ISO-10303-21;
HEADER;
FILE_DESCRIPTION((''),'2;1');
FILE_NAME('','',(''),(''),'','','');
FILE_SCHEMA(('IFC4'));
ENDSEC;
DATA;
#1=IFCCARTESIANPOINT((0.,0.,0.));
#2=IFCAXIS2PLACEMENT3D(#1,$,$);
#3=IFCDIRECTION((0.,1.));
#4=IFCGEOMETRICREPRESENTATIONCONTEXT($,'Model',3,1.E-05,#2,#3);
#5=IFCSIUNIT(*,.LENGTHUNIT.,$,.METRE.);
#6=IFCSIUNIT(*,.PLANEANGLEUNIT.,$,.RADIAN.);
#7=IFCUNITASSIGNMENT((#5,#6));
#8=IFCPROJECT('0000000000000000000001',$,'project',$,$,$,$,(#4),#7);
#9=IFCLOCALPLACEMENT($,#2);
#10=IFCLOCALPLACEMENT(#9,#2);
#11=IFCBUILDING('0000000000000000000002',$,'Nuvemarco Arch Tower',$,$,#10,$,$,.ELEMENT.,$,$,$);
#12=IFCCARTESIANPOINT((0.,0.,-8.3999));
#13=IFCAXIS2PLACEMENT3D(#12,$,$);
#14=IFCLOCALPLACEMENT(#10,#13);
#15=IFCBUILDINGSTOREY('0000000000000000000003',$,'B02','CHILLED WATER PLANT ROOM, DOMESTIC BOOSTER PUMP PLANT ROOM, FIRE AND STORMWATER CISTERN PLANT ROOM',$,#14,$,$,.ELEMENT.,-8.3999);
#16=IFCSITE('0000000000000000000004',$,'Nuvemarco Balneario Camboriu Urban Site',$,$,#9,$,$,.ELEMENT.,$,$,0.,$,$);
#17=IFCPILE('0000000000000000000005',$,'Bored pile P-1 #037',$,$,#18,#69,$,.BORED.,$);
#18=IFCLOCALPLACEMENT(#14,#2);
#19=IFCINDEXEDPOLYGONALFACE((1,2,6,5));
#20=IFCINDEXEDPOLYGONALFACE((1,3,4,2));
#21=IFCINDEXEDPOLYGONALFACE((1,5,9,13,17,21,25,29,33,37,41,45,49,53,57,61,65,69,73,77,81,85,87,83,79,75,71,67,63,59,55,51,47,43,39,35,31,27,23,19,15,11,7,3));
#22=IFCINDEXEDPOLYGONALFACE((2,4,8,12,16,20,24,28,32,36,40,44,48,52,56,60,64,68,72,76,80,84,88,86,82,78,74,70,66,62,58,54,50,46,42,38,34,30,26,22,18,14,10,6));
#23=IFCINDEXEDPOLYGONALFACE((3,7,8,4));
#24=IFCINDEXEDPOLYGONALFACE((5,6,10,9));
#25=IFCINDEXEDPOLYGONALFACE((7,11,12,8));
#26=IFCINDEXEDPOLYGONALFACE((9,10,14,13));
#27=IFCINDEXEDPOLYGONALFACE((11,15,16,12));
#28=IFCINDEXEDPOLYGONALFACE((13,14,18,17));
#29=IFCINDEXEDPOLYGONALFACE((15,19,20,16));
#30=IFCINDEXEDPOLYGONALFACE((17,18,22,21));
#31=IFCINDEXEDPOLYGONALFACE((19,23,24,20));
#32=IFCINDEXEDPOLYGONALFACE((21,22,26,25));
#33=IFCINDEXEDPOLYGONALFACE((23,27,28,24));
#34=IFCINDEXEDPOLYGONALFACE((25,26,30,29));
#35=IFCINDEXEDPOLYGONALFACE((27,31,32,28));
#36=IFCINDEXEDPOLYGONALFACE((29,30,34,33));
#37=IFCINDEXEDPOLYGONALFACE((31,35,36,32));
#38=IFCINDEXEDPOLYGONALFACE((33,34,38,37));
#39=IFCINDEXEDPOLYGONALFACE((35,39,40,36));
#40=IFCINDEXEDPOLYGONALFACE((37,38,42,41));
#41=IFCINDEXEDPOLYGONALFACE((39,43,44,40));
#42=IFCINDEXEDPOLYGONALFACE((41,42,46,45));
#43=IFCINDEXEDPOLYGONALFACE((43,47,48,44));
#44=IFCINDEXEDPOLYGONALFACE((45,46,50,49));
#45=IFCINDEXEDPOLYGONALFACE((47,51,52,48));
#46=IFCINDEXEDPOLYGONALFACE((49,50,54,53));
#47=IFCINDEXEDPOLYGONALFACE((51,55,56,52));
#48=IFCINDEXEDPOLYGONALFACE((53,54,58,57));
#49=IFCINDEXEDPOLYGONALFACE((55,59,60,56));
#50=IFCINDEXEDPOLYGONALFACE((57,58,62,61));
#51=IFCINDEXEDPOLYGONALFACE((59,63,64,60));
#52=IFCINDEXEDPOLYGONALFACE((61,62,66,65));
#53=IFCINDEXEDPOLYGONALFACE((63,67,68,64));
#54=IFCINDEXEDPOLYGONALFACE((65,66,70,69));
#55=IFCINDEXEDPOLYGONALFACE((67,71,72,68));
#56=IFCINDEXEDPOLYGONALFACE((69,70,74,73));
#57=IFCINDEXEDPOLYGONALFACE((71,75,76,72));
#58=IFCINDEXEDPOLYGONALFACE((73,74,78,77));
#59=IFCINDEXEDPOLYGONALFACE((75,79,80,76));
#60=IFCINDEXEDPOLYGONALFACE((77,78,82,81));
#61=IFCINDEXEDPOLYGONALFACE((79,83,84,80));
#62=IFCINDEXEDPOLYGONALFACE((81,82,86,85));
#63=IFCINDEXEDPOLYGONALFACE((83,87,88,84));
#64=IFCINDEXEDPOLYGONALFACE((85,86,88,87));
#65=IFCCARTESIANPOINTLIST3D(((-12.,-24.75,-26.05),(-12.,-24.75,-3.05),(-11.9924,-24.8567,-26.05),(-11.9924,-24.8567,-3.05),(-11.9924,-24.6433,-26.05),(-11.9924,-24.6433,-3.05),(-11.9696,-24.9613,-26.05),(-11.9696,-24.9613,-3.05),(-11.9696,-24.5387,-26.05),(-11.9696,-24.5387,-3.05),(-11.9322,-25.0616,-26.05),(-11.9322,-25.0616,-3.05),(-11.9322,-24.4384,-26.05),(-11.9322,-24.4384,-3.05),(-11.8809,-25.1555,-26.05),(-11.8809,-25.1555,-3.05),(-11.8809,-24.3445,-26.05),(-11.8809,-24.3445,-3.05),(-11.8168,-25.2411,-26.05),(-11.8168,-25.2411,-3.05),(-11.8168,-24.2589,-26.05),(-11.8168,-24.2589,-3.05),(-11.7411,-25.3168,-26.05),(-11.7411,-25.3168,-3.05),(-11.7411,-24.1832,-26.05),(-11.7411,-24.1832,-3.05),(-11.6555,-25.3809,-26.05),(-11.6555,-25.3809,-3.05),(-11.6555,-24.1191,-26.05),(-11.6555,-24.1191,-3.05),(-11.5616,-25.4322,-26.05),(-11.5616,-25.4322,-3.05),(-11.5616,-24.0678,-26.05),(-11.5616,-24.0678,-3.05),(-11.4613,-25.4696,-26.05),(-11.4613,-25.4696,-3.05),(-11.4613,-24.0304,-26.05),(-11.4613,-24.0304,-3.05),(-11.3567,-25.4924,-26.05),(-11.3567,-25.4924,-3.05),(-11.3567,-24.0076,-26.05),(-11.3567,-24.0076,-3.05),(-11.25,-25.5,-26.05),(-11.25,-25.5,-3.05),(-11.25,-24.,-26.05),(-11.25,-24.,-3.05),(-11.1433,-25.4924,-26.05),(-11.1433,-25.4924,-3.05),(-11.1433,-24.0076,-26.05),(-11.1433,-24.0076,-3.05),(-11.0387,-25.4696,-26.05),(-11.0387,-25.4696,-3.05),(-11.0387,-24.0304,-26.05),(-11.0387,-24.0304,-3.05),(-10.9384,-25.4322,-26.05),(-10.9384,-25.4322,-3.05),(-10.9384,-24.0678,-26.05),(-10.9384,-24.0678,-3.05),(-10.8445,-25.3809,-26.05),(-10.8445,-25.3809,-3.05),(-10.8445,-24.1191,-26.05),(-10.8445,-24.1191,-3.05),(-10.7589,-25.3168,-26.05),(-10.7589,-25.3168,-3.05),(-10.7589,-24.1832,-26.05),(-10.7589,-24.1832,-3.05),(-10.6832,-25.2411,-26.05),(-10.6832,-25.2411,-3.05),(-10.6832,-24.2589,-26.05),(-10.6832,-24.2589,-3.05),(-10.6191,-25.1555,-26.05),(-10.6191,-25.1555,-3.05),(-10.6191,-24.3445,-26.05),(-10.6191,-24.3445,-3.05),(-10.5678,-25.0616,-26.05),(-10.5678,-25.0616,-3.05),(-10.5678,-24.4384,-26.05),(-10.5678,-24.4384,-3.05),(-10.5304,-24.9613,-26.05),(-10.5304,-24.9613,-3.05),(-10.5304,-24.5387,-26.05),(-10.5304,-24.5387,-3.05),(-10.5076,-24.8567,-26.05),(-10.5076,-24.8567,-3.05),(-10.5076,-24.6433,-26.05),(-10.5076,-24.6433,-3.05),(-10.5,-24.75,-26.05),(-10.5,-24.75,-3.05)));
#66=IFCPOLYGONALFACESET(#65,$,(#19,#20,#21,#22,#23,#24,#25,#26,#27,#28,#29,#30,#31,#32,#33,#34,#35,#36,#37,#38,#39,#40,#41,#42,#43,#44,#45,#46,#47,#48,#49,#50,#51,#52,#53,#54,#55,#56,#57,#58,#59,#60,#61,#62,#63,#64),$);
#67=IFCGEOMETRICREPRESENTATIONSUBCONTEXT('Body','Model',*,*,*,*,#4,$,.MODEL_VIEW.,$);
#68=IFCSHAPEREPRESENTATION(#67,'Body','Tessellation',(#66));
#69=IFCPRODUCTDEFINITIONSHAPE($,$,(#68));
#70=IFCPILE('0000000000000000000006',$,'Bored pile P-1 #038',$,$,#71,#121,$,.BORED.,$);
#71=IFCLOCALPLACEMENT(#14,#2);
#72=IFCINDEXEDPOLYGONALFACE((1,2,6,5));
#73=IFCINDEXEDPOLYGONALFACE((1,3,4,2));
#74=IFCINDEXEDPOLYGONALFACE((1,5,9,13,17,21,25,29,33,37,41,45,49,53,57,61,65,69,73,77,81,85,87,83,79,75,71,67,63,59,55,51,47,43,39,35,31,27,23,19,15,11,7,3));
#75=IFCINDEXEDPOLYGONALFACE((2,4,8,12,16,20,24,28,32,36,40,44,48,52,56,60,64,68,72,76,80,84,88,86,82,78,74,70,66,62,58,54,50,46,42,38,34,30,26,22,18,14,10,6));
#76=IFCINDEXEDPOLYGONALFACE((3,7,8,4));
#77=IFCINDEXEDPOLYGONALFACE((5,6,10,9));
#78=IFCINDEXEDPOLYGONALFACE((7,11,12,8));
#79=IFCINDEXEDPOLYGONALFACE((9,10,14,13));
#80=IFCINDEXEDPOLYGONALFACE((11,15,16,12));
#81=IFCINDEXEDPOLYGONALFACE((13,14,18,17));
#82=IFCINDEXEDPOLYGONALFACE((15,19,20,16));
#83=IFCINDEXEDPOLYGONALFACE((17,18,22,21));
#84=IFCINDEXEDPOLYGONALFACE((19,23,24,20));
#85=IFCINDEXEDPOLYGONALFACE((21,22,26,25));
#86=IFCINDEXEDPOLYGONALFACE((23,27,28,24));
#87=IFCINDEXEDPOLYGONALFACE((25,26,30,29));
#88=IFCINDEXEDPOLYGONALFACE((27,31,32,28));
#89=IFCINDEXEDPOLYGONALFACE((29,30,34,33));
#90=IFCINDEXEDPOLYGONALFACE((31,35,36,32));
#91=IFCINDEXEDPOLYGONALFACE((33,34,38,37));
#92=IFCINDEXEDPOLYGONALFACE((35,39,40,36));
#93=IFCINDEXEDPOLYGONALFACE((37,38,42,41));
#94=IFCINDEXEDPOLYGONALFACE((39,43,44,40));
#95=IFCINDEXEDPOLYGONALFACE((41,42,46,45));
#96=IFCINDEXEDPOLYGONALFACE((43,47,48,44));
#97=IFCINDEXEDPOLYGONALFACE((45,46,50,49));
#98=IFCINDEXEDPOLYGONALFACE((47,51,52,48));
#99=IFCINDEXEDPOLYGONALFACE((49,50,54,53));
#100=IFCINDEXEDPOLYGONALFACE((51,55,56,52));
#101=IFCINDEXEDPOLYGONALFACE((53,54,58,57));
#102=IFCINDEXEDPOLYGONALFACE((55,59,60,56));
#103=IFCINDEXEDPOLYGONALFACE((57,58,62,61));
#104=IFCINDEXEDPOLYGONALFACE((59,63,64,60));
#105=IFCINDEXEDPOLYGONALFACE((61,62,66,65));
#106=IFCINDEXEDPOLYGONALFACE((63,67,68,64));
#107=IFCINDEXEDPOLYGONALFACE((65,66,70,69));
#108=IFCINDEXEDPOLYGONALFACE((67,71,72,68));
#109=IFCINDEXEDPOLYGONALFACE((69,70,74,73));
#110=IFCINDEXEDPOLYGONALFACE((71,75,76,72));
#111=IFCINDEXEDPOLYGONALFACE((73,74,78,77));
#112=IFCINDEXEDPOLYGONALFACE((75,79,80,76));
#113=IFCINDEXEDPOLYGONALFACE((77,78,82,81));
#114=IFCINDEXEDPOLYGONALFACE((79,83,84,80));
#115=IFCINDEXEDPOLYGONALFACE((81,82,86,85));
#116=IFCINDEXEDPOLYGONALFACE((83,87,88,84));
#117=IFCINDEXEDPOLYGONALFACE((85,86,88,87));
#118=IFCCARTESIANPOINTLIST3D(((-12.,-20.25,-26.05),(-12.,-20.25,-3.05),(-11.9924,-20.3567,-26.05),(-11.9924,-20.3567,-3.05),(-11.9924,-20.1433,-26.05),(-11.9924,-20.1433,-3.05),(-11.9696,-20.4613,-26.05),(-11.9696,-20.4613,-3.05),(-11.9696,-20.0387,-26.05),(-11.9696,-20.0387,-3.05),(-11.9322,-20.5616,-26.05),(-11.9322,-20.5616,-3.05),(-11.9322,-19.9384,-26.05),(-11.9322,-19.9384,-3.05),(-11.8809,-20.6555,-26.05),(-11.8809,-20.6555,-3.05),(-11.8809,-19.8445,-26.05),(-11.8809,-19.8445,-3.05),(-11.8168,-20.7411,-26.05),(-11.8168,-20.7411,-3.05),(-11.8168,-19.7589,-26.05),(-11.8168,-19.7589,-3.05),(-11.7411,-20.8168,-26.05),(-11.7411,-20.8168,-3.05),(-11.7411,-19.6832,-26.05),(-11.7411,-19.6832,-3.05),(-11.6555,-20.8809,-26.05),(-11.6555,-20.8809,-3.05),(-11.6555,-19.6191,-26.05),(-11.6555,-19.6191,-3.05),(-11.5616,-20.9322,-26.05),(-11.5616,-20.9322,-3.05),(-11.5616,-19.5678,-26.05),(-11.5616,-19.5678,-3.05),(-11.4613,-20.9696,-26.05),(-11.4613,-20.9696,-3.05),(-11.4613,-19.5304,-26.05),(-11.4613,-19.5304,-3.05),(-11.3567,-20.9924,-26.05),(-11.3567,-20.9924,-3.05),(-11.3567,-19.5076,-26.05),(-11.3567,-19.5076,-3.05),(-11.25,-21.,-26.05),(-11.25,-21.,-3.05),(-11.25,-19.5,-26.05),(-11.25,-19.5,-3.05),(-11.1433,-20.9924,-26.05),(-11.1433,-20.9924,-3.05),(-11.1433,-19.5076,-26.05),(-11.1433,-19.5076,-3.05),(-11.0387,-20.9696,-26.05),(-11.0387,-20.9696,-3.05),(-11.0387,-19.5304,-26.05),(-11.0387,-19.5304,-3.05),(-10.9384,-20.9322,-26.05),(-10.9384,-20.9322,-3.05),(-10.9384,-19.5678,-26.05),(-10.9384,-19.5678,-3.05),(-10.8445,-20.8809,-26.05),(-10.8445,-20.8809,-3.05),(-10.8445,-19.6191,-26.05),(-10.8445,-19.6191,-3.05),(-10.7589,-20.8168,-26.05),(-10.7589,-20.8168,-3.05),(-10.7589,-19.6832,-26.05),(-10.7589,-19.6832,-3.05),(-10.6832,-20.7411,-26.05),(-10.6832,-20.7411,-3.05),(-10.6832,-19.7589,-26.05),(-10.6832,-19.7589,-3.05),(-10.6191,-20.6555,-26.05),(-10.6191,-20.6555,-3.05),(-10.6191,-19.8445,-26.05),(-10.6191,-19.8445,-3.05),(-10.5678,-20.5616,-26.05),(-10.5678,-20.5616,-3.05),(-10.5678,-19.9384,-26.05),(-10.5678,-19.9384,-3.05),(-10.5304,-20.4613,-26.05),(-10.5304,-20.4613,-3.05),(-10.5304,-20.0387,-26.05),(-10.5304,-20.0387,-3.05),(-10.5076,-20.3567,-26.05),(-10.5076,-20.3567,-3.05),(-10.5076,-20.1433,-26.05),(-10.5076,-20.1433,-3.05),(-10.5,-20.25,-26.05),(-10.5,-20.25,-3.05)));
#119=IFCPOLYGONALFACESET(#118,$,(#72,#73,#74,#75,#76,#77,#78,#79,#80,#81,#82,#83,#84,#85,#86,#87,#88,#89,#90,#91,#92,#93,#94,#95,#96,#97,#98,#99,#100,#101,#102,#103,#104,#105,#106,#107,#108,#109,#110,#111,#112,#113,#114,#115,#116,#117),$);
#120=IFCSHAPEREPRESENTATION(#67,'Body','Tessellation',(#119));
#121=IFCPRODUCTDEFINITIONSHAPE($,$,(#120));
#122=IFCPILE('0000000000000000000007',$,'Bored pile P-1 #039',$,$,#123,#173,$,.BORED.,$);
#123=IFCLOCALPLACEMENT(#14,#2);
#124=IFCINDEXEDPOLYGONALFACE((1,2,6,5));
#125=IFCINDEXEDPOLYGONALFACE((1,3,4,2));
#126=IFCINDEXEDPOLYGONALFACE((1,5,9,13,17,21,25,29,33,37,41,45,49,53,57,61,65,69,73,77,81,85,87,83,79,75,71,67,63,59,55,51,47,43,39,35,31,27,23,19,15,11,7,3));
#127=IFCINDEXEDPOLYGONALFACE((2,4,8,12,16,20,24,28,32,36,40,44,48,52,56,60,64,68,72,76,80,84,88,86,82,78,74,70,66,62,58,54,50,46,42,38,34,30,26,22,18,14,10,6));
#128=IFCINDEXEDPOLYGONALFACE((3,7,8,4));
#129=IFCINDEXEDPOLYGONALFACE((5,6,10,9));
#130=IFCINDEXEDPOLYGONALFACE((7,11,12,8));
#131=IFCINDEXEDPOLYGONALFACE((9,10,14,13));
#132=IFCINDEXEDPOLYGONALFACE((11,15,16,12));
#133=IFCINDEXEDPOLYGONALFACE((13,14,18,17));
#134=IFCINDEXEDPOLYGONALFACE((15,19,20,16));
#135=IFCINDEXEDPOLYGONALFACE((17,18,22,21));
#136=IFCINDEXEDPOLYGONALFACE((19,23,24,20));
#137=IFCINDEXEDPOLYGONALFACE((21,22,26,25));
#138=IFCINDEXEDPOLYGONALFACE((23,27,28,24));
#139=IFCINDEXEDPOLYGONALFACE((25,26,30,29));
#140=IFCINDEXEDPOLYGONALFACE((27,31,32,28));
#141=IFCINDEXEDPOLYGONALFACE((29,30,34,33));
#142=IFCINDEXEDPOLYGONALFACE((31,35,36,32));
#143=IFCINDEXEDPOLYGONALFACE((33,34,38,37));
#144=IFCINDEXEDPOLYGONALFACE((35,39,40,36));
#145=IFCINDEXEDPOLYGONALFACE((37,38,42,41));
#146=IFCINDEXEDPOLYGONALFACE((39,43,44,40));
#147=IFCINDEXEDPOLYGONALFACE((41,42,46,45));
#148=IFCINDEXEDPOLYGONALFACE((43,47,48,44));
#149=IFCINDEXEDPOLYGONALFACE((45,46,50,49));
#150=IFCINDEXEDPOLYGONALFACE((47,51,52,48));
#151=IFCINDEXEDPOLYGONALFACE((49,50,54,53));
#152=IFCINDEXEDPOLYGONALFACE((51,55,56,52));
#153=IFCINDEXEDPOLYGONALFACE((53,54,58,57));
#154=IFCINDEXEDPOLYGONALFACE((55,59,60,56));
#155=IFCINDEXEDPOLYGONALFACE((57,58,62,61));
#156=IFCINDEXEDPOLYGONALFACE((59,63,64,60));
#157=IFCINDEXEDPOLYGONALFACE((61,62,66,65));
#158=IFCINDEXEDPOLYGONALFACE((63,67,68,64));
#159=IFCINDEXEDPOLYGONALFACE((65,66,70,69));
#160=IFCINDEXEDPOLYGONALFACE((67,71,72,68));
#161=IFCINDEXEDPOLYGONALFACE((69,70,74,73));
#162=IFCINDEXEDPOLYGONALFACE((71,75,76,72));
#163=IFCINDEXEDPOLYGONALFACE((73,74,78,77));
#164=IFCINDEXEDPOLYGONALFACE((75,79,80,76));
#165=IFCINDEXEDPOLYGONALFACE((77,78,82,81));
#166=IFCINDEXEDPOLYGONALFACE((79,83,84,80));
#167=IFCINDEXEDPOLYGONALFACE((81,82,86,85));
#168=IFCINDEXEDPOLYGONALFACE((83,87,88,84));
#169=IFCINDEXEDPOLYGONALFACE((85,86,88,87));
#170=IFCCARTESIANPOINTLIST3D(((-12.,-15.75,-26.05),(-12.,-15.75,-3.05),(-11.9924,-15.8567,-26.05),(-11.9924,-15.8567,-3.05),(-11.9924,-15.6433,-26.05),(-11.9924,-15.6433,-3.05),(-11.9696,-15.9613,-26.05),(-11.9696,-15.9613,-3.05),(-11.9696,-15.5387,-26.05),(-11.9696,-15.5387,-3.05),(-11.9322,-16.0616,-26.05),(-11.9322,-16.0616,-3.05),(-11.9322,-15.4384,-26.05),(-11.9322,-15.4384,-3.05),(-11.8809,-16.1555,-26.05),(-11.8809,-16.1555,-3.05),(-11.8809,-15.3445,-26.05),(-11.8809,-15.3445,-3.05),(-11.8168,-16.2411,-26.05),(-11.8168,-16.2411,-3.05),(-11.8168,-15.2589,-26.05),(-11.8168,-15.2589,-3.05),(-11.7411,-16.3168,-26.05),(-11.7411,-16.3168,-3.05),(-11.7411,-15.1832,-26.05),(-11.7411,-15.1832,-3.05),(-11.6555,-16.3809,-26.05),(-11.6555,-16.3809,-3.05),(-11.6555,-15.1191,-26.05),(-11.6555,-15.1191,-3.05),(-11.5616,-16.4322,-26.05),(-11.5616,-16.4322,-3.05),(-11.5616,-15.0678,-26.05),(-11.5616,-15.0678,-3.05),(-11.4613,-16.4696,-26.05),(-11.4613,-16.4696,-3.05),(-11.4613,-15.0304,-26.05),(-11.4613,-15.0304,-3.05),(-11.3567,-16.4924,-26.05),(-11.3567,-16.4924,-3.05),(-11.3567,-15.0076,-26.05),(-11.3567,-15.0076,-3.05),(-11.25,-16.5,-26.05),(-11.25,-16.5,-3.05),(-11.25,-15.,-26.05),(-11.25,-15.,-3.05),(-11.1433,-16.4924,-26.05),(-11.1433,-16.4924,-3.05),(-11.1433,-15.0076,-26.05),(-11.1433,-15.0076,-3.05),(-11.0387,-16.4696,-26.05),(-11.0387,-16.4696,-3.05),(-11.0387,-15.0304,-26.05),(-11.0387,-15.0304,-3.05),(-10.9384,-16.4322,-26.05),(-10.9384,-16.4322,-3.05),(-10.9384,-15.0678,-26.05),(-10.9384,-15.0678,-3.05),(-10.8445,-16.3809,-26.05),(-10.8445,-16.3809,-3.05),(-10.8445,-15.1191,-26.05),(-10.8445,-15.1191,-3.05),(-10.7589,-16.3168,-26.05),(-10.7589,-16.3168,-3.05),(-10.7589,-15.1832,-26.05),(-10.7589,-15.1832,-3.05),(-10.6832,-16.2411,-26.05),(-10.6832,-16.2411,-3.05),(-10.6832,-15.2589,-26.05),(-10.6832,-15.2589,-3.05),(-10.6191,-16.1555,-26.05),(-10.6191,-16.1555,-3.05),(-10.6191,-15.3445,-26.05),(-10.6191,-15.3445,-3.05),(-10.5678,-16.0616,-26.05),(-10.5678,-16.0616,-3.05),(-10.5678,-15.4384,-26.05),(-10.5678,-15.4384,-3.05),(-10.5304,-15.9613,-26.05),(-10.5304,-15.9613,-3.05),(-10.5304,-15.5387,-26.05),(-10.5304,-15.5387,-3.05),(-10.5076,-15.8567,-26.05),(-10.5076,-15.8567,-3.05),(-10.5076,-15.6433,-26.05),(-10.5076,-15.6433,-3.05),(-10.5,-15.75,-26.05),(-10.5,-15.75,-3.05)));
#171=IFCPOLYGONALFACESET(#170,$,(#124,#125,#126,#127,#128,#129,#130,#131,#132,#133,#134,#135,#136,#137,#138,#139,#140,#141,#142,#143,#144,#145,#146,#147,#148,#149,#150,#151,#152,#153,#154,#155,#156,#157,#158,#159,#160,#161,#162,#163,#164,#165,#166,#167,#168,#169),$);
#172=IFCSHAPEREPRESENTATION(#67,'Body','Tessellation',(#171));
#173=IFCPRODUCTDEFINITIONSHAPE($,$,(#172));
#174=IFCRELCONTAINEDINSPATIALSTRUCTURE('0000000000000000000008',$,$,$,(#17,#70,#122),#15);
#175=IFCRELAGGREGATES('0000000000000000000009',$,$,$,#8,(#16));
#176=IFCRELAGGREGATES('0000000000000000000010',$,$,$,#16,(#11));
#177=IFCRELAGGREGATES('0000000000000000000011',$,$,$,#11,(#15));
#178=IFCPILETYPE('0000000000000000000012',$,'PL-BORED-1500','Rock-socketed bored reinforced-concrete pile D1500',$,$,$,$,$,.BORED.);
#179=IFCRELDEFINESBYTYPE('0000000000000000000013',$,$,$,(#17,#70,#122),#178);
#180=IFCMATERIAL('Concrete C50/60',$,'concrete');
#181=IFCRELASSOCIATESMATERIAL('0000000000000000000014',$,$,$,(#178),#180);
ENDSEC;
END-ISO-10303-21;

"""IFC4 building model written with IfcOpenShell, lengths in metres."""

from ifc_helpers import new_model, si_unit, direction, frame, origin, origin_2d, place, context, subcontext, project, spatial, circle, extrude, material, material_profile, profile_set, type_object, element, save


model = new_model("IFC4")

# Units and contexts
model_context = context("Model", 3, precision=1e-05, world=origin(), true_north=direction((0.0, 1.0)))
body_context = subcontext(model_context, "Body", "Model", "MODEL_VIEW")
ifc_project = project(units=[si_unit("LENGTHUNIT", "METRE"), si_unit("PLANEANGLEUNIT", "RADIAN")], contexts=[model_context])

# Site, building, storey
site_placement = place(None, origin())
site = spatial("IfcSite", under=ifc_project, at=site_placement, Name="Nuvemarco Balneario Camboriu Urban Site", CompositionType="ELEMENT", RefElevation=0.0)
building_placement = place(site_placement, origin())
building = spatial("IfcBuilding", under=site, at=building_placement, Name="Nuvemarco Arch Tower", CompositionType="ELEMENT")
storey_placement = place(building_placement, frame((0.0, 0.0, -8.3999)))
storey = spatial("IfcBuildingStorey", under=building, at=storey_placement, Name="B02", Description="CHILLED WATER PLANT ROOM, DOMESTIC BOOSTER PUMP PLANT ROOM, FIRE AND STORMWATER CISTERN PLANT ROOM", CompositionType="ELEMENT", Elevation=-8.3999)

# Piles
ifc_material_1 = material(Name="Concrete C50/60", Category="concrete")
ifc_material_profile_1 = material_profile(ifc_material_1, circle(Radius=0.75, at=origin_2d()), Name="PILE-D1500")
ifc_profile_set_1 = profile_set([ifc_material_profile_1], Name="Concrete C50/60")
pile_type = type_object("IfcPileType", Name="PL-BORED-1500", Description="Rock-socketed bored reinforced-concrete pile D1500", PredefinedType="BORED", material=ifc_profile_set_1)
for number, where, z_axis, x_axis, name in (
    (1, (-11.25, -24.75, -3.05), (0.0, 0.0, -1.0), (1.0, 0.0, 0.0), "Bored pile P-1 #037"),
    (2, (-11.25, -20.25, -3.05), (0.0, 0.0, -1.0), (1.0, 0.0, 0.0), "Bored pile P-1 #038"),
    (3, (-11.25, -15.75, -3.05), (0.0, 0.0, -1.0), (1.0, 0.0, 0.0), "Bored pile P-1 #039"),
):
    element("IfcPile", number, at=place(storey_placement, frame(where, z_axis=z_axis, x_axis=x_axis)), inside=storey, type_object=pile_type, Name=name, PredefinedType="BORED", context=body_context, shape_type="SweptSolid", body=[
        extrude(circle(Radius=0.75, at=origin_2d()), origin(), (0.0, 0.0, 1.0), 23.0),
    ])

save(model, "model.ifc")
